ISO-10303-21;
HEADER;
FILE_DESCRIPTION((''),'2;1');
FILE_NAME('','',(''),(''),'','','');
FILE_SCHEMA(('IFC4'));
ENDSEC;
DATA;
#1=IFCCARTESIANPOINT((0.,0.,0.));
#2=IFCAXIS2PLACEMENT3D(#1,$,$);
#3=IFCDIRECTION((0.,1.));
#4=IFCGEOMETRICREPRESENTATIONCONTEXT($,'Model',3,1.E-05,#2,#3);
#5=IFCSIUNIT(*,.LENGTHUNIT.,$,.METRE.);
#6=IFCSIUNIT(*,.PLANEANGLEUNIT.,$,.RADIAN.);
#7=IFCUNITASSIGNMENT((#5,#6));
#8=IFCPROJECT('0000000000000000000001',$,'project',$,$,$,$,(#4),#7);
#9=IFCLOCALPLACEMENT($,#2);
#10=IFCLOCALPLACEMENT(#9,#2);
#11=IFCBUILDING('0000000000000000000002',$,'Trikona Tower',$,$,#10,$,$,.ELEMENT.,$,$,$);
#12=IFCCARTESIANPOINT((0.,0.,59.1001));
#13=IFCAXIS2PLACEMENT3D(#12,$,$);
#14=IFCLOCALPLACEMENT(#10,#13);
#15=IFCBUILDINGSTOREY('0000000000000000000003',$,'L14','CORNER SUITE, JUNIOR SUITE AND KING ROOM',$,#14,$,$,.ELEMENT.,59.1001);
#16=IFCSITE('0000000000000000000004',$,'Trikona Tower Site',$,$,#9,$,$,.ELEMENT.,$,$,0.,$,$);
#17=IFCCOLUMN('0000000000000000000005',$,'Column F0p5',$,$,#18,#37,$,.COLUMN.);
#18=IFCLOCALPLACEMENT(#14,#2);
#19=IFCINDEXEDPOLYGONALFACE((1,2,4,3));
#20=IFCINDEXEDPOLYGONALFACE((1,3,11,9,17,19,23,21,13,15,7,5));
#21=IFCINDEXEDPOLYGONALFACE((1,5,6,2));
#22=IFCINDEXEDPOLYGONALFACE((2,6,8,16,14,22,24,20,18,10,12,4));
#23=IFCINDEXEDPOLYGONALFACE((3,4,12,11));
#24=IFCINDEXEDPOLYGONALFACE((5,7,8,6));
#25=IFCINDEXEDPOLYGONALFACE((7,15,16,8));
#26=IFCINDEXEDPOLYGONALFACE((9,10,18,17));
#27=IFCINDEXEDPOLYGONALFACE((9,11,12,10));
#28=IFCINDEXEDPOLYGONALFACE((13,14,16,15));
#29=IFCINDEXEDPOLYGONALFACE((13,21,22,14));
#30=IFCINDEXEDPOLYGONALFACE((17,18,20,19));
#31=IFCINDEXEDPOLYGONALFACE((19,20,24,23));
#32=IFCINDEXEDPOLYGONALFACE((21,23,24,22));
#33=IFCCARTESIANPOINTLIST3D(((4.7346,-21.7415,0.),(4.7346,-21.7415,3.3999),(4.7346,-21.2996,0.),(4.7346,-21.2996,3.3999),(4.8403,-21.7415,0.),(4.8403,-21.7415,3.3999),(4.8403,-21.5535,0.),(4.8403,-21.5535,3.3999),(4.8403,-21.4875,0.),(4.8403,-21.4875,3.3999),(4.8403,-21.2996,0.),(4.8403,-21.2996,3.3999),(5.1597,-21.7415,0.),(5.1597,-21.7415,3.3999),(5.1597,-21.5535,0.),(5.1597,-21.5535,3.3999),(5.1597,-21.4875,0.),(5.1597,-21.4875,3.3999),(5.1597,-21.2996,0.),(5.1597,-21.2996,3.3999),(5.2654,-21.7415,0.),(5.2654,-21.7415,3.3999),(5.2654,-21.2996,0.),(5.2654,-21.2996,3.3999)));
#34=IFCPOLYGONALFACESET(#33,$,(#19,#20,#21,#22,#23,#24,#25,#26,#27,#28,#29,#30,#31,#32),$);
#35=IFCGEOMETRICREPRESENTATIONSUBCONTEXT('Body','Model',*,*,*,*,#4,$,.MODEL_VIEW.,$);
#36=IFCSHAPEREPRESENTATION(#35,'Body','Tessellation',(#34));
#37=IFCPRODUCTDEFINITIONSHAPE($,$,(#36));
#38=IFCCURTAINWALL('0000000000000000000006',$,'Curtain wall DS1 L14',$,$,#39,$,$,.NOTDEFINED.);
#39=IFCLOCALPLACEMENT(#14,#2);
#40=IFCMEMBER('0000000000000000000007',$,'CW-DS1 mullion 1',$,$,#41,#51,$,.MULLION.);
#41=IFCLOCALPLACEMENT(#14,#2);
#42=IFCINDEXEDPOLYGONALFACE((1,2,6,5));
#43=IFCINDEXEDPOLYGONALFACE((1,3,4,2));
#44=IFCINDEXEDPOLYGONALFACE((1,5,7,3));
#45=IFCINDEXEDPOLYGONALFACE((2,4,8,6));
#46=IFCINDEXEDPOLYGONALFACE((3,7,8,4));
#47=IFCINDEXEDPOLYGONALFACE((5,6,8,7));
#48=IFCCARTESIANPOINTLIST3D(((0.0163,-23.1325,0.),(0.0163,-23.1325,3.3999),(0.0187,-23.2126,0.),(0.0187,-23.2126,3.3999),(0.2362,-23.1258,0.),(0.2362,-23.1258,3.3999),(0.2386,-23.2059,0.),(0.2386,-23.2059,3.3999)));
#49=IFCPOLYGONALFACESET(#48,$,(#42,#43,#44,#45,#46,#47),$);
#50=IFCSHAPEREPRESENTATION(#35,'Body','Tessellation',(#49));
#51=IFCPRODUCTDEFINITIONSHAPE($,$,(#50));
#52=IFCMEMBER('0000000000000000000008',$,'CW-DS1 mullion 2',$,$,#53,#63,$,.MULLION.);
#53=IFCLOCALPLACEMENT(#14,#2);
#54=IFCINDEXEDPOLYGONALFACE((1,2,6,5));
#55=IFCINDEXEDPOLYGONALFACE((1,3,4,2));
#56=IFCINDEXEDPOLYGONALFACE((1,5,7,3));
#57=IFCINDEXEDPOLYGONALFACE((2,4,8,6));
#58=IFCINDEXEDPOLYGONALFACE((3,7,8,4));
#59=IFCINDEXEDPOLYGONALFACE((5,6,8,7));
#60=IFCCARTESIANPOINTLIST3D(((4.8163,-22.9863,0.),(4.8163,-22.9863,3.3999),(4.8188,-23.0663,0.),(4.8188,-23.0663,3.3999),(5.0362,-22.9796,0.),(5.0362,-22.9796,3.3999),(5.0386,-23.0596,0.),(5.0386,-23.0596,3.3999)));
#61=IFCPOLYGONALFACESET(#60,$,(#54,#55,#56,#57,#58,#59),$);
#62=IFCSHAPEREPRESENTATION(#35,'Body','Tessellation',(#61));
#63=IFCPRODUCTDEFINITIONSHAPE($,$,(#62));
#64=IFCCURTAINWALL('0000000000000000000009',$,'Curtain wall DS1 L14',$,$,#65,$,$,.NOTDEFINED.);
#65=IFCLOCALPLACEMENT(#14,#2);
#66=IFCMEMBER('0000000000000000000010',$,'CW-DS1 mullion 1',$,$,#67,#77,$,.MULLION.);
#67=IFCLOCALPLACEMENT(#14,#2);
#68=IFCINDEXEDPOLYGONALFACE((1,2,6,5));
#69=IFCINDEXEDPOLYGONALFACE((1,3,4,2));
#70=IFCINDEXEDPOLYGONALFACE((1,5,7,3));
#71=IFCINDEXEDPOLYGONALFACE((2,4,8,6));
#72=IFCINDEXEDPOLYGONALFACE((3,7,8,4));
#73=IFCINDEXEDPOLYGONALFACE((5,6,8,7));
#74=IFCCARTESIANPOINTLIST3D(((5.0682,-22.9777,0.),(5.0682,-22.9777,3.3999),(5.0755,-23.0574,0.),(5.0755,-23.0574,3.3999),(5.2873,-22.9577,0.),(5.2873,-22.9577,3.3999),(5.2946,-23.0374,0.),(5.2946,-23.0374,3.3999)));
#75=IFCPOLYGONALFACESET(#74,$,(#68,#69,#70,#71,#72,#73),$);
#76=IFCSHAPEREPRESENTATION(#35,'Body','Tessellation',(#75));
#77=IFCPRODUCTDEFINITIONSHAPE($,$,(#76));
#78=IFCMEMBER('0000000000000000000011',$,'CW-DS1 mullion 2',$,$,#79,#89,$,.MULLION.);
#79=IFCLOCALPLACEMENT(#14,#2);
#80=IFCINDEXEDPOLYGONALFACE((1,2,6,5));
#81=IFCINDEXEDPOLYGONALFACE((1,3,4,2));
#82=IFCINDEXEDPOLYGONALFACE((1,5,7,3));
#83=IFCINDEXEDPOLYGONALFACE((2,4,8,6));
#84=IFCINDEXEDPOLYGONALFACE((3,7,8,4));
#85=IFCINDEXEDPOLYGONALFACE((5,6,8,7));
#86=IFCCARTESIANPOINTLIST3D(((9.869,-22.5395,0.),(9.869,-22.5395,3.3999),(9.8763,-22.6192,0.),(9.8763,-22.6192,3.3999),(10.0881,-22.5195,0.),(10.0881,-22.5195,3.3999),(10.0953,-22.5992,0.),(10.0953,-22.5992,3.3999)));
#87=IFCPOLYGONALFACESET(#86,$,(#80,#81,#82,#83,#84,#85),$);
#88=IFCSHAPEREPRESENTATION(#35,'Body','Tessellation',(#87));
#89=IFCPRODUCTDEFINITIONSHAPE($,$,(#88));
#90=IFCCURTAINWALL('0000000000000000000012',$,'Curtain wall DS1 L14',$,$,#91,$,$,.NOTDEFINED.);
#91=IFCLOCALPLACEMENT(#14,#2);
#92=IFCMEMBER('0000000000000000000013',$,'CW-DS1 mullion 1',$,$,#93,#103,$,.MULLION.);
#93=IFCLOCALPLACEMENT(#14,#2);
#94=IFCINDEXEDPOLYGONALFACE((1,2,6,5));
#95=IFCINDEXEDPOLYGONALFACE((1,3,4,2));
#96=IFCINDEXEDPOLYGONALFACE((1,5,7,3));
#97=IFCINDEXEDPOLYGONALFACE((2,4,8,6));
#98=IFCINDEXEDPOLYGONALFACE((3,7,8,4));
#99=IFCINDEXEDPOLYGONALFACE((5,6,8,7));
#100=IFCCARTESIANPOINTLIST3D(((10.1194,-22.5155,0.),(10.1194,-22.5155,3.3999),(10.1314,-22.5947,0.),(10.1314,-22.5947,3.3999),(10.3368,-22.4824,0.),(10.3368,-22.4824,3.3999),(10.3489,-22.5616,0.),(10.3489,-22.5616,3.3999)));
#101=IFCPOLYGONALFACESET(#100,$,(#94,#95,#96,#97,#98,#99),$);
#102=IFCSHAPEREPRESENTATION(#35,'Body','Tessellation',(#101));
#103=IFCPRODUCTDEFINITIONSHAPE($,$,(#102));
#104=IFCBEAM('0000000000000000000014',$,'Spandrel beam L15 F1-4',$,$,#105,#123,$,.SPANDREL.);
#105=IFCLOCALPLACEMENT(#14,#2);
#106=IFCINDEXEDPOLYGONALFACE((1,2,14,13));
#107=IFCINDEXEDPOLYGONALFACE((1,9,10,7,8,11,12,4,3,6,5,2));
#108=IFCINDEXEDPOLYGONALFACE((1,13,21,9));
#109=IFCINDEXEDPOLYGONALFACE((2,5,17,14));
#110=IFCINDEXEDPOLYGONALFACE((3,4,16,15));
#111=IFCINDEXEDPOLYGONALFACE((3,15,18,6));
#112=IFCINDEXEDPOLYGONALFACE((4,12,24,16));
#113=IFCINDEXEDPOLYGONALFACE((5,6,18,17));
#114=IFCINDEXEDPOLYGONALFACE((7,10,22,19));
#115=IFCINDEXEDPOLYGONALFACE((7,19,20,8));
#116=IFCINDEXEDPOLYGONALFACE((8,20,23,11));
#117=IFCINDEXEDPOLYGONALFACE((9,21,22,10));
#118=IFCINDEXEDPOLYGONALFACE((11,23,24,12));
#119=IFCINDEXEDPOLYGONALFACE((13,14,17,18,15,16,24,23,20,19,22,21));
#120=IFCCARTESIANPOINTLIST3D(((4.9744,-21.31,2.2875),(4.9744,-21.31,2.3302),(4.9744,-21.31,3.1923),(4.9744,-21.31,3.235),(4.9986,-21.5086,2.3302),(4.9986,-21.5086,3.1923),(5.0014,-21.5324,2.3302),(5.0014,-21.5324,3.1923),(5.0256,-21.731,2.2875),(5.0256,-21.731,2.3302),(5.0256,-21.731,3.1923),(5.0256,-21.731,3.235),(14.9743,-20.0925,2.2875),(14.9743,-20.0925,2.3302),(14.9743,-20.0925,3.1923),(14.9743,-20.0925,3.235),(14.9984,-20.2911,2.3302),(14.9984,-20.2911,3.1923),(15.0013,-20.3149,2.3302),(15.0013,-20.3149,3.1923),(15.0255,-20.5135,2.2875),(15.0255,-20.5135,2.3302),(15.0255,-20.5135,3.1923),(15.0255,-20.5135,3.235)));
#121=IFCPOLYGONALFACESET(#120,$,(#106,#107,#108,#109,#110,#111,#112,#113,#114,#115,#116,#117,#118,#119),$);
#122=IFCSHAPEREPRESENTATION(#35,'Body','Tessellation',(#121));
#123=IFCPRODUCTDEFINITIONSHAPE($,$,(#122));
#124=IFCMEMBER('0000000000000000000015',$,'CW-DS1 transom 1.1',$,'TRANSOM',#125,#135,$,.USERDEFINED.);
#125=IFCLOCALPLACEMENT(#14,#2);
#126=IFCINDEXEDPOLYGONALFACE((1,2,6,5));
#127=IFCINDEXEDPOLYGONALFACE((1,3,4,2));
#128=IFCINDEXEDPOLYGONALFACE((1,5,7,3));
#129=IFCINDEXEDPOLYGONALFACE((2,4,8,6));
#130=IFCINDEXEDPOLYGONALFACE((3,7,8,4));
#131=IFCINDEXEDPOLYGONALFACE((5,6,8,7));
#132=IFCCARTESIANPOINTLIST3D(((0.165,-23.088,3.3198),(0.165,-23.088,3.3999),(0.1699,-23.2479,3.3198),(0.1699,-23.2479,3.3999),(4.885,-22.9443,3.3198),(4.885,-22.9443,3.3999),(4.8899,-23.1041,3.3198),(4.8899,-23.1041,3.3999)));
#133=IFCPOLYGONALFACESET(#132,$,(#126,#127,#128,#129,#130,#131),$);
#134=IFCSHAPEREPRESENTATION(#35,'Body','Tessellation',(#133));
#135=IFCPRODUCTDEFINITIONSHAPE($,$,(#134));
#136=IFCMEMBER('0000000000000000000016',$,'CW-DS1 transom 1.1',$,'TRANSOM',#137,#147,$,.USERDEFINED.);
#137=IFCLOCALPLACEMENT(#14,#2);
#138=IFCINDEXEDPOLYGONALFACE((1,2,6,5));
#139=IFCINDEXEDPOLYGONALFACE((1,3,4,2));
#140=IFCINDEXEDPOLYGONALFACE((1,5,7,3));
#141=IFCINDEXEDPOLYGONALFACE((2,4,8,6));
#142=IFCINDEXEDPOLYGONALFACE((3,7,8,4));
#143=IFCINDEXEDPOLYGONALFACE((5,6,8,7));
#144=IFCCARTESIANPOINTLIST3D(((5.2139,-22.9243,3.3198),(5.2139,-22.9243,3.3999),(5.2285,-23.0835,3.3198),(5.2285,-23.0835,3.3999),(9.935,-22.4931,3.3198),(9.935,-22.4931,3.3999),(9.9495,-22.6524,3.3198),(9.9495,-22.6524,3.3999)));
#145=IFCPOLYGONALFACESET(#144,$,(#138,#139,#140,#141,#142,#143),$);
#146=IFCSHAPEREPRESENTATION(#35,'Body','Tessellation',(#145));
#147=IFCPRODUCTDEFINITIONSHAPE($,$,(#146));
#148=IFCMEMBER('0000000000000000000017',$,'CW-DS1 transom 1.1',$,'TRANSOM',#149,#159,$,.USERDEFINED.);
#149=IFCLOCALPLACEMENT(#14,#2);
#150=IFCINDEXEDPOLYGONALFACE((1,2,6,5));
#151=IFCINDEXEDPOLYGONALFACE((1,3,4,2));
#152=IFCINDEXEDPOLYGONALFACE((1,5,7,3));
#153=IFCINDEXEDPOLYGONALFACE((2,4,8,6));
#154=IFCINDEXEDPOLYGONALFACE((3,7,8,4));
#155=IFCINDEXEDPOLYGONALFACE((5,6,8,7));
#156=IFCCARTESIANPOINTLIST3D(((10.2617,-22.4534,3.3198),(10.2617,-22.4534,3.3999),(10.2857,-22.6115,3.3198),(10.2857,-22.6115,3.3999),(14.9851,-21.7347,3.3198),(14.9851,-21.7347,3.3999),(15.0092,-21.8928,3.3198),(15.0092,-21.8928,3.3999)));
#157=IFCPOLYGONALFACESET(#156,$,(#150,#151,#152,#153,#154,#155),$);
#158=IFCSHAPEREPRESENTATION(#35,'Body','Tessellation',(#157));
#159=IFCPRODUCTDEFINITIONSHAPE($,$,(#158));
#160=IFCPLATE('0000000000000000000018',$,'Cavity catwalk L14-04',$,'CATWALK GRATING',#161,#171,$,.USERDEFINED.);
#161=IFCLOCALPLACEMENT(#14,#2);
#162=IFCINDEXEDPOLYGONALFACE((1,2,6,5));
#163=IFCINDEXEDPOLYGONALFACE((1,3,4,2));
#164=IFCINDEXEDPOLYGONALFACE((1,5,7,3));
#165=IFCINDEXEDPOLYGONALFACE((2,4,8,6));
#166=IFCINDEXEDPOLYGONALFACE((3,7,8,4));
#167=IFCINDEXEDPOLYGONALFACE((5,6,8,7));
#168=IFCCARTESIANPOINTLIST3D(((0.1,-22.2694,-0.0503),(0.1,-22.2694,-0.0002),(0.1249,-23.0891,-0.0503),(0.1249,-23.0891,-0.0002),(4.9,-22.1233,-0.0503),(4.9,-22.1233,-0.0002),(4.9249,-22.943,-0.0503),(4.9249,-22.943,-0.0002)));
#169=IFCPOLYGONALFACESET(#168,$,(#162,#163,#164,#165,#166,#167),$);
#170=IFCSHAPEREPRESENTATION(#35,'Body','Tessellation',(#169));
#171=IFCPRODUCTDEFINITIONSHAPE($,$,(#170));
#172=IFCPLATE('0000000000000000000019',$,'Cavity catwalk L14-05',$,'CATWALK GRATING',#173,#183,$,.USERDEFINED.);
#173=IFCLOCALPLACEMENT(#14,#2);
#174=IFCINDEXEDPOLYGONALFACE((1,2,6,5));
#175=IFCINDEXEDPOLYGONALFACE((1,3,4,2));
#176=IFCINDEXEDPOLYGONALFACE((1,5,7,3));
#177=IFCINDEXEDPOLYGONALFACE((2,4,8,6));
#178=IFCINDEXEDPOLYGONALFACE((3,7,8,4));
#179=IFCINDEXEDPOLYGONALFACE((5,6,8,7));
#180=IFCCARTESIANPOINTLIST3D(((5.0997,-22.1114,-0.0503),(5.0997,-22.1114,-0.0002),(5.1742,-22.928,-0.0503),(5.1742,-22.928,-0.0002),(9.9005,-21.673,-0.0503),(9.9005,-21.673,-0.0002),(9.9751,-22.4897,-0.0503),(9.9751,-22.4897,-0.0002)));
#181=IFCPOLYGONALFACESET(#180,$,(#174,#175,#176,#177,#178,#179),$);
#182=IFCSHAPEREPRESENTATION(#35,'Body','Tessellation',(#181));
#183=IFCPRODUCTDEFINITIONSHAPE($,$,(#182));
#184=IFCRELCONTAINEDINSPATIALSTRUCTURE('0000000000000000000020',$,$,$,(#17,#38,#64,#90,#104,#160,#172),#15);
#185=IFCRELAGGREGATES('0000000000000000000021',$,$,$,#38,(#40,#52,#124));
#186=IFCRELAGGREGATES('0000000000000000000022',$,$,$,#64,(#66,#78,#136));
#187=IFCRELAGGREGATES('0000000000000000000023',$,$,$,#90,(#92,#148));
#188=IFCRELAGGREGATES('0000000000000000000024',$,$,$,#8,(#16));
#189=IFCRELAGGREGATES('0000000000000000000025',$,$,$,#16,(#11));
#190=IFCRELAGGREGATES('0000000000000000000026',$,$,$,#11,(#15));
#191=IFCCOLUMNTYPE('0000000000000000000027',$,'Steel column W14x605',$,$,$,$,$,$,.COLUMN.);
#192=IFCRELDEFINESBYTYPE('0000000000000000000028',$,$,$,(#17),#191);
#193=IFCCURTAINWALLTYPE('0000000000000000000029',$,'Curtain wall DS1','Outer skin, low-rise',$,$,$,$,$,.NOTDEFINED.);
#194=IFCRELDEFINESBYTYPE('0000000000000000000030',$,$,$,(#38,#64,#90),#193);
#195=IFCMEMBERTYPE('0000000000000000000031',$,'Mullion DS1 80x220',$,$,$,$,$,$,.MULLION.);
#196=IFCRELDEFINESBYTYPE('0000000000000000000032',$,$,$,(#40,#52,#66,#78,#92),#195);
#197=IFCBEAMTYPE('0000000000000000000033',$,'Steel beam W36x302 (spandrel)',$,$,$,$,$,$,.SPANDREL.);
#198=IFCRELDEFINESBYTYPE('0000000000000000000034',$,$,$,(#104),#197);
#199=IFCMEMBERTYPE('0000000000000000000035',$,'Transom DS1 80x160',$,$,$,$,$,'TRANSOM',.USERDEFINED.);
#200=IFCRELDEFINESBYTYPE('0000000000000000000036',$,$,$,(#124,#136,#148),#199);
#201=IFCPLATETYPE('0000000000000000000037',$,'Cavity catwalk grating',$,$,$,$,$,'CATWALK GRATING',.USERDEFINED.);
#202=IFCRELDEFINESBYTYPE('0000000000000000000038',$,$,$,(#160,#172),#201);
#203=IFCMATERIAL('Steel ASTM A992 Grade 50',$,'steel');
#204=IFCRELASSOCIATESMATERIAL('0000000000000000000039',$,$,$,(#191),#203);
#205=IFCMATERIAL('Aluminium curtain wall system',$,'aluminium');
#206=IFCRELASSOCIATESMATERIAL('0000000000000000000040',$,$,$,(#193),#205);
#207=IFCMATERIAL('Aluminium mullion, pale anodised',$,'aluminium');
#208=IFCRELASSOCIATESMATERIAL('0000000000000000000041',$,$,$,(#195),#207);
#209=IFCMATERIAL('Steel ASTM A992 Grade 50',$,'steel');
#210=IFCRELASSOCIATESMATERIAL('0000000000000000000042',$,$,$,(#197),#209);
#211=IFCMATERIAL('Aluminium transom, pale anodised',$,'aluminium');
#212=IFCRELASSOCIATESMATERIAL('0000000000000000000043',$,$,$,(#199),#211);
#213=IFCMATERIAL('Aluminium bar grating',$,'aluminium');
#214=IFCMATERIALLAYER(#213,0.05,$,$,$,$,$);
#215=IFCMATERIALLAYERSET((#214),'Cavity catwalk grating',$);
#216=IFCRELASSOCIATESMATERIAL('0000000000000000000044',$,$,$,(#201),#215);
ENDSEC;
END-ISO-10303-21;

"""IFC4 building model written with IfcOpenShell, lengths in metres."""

from ifc_helpers import new_model, si_unit, direction, frame, origin, origin_2d, place, context, subcontext, project, spatial, rectangle, i_section, extrude, material, layer, layer_set, material_profile, profile_set, type_object, element, aggregate, save


model = new_model("IFC4")

# Units and contexts
model_context = context("Model", 3, precision=1e-05, world=origin(), true_north=direction((0.0, 1.0)))
body_context = subcontext(model_context, "Body", "Model", "MODEL_VIEW")
ifc_project = project(units=[si_unit("LENGTHUNIT", "METRE"), si_unit("PLANEANGLEUNIT", "RADIAN")], contexts=[model_context])

# Site, building, storey
site_placement = place(None, origin())
site = spatial("IfcSite", under=ifc_project, at=site_placement, Name="Trikona Tower Site", CompositionType="ELEMENT", RefElevation=0.0)
building_placement = place(site_placement, origin())
building = spatial("IfcBuilding", under=site, at=building_placement, Name="Trikona Tower", CompositionType="ELEMENT")
storey_placement = place(building_placement, frame((0.0, 0.0, 59.1001)))
storey = spatial("IfcBuildingStorey", under=building, at=storey_placement, Name="L14", Description="CORNER SUITE, JUNIOR SUITE AND KING ROOM", CompositionType="ELEMENT", Elevation=59.1001)

# Column
ifc_material_1 = material(Name="Steel ASTM A992 Grade 50", Category="steel")
ifc_material_profile_1 = material_profile(ifc_material_1, i_section(OverallWidth=0.4419, OverallDepth=0.5308, WebThickness=0.0659, FlangeThickness=0.1057, at=origin_2d()), Name="W14X605")
ifc_profile_set_1 = profile_set([ifc_material_profile_1], Name="Steel ASTM A992 Grade 50")
column_type = type_object("IfcColumnType", Name="Steel column W14x605", PredefinedType="COLUMN", material=ifc_profile_set_1)
column_placement = place(storey_placement, frame((5.0, -21.5205, 0.0), z_axis=(0.0, 0.0, 1.0), x_axis=(0.0, -1.0, 0.0)))
element("IfcColumn", 1, at=column_placement, inside=storey, type_object=column_type, Name="Column F0p5", PredefinedType="COLUMN", context=body_context, shape_type="SweptSolid", body=[
    extrude(i_section(OverallWidth=0.4419, OverallDepth=0.5308, WebThickness=0.0659, FlangeThickness=0.1057, at=origin_2d()), origin(), (0.0, 0.0, 1.0), 3.3999),
])

# Curtain walls, members
ifc_material_2 = material(Name="Aluminium curtain wall system", Category="aluminium")
curtain_wall_type = type_object("IfcCurtainWallType", Name="Curtain wall DS1", Description="Outer skin, low-rise", PredefinedType="NOTDEFINED", material=ifc_material_2)
curtain_wall_1_placement = place(storey_placement, origin())
curtain_wall_1 = element("IfcCurtainWall", 2, at=curtain_wall_1_placement, inside=storey, type_object=curtain_wall_type, Name="Curtain wall DS1 L14", PredefinedType="NOTDEFINED")
ifc_material_3 = material(Name="Aluminium mullion, pale anodised", Category="aluminium")
ifc_material_profile_2 = material_profile(ifc_material_3, rectangle(XDim=0.0801, YDim=0.22, at=origin_2d()), Name="MUL-DS1")
ifc_profile_set_2 = profile_set([ifc_material_profile_2], Name="Aluminium mullion, pale anodised")
member_type_1 = type_object("IfcMemberType", Name="Mullion DS1 80x220", PredefinedType="MULLION", material=ifc_profile_set_2)
member_1_placement = place(storey_placement, frame((0.1274, -23.1692, 0.0), z_axis=(0.0, 0.0, 1.0), x_axis=(-0.030437, 0.999537, 0.0)))
member_1 = element("IfcMember", 3, at=member_1_placement, type_object=member_type_1, Name="CW-DS1 mullion 1", PredefinedType="MULLION", context=body_context, shape_type="SweptSolid", body=[
    extrude(rectangle(XDim=0.0801, YDim=0.22, at=origin_2d()), origin(), (0.0, 0.0, 1.0), 3.3999),
])
member_2_placement = place(storey_placement, frame((4.9275, -23.0229, 0.0), z_axis=(0.0, 0.0, 1.0), x_axis=(-0.030437, 0.999537, 0.0)))
member_2 = element("IfcMember", 4, at=member_2_placement, type_object=member_type_1, Name="CW-DS1 mullion 2", PredefinedType="MULLION", context=body_context, shape_type="SweptSolid", body=[
    extrude(rectangle(XDim=0.0801, YDim=0.22, at=origin_2d()), origin(), (0.0, 0.0, 1.0), 3.3999),
])
curtain_wall_2_placement = place(storey_placement, origin())
curtain_wall_2 = element("IfcCurtainWall", 5, at=curtain_wall_2_placement, inside=storey, type_object=curtain_wall_type, Name="Curtain wall DS1 L14", PredefinedType="NOTDEFINED")
member_3_placement = place(storey_placement, frame((5.1814, -23.0076, 0.0), z_axis=(0.0, 0.0, 1.0), x_axis=(-0.090924, 0.995858, 0.0)))
member_3 = element("IfcMember", 6, at=member_3_placement, type_object=member_type_1, Name="CW-DS1 mullion 1", PredefinedType="MULLION", context=body_context, shape_type="SweptSolid", body=[
    extrude(rectangle(XDim=0.0801, YDim=0.22, at=origin_2d()), origin(), (0.0, 0.0, 1.0), 3.3999),
])
member_4_placement = place(storey_placement, frame((9.9822, -22.5693, 0.0), z_axis=(0.0, 0.0, 1.0), x_axis=(-0.090924, 0.995858, 0.0)))
member_4 = element("IfcMember", 7, at=member_4_placement, type_object=member_type_1, Name="CW-DS1 mullion 2", PredefinedType="MULLION", context=body_context, shape_type="SweptSolid", body=[
    extrude(rectangle(XDim=0.0801, YDim=0.22, at=origin_2d()), origin(), (0.0, 0.0, 1.0), 3.3999),
])

# Curtain wall, member
curtain_wall_3_placement = place(storey_placement, origin())
curtain_wall_3 = element("IfcCurtainWall", 8, at=curtain_wall_3_placement, inside=storey, type_object=curtain_wall_type, Name="Curtain wall DS1 L14", PredefinedType="NOTDEFINED")
member_5_placement = place(storey_placement, frame((10.2341, -22.5386, 0.0), z_axis=(0.0, 0.0, 1.0), x_axis=(-0.150438, 0.988619, 0.0)))
member_5 = element("IfcMember", 9, at=member_5_placement, type_object=member_type_1, Name="CW-DS1 mullion 1", PredefinedType="MULLION", context=body_context, shape_type="SweptSolid", body=[
    extrude(rectangle(XDim=0.0801, YDim=0.22, at=origin_2d()), origin(), (0.0, 0.0, 1.0), 3.3999),
])

# Beam
ifc_material_4 = material(Name="Steel ASTM A992 Grade 50", Category="steel")
ifc_material_profile_3 = material_profile(ifc_material_4, i_section(OverallWidth=0.4241, OverallDepth=0.9475, WebThickness=0.0239, FlangeThickness=0.0427, at=origin_2d()), Name="W36X302")
ifc_profile_set_3 = profile_set([ifc_material_profile_3], Name="Steel ASTM A992 Grade 50")
beam_type = type_object("IfcBeamType", Name="Steel beam W36x302 (spandrel)", PredefinedType="SPANDREL", material=ifc_profile_set_3)
beam_placement = place(storey_placement, frame((5.0, -21.5205, 2.7612), z_axis=(0.99267, 0.12086, 0.0), x_axis=(-0.12086, 0.99267, 0.0)))
element("IfcBeam", 10, at=beam_placement, inside=storey, type_object=beam_type, Name="Spandrel beam L15 F1-4", PredefinedType="SPANDREL", context=body_context, shape_type="SweptSolid", body=[
    extrude(i_section(OverallWidth=0.4241, OverallDepth=0.9475, WebThickness=0.0239, FlangeThickness=0.0427, at=origin_2d()), origin(), (0.0, 0.0, 1.0), 10.0737),
])

# Members
ifc_material_5 = material(Name="Aluminium transom, pale anodised", Category="aluminium")
ifc_material_profile_4 = material_profile(ifc_material_5, rectangle(XDim=0.1599, YDim=0.0801, at=origin_2d()), Name="TRN-DS1")
ifc_profile_set_4 = profile_set([ifc_material_profile_4], Name="Aluminium transom, pale anodised")
member_type_2 = type_object("IfcMemberType", Name="Transom DS1 80x160", ElementType="TRANSOM", PredefinedType="USERDEFINED", material=ifc_profile_set_4)
member_6_placement = place(storey_placement, frame((0.1675, -23.168, 3.3599), z_axis=(0.999536, 0.030452, 0.0), x_axis=(-0.030452, 0.999536, 0.0)))
member_6 = element("IfcMember", 11, at=member_6_placement, type_object=member_type_2, Name="CW-DS1 transom 1.1", ObjectType="TRANSOM", PredefinedType="USERDEFINED", context=body_context, shape_type="SweptSolid", body=[
    extrude(rectangle(XDim=0.1599, YDim=0.0801, at=origin_2d()), origin(), (0.0, 0.0, 1.0), 4.7222),
])
member_7_placement = place(storey_placement, frame((5.2212, -23.0039, 3.3599), z_axis=(0.995856, 0.090944, 0.0), x_axis=(-0.090944, 0.995856, 0.0)))
member_7 = element("IfcMember", 12, at=member_7_placement, type_object=member_type_2, Name="CW-DS1 transom 1.1", ObjectType="TRANSOM", PredefinedType="USERDEFINED", context=body_context, shape_type="SweptSolid", body=[
    extrude(rectangle(XDim=0.1599, YDim=0.0801, at=origin_2d()), origin(), (0.0, 0.0, 1.0), 4.7407),
])
member_8_placement = place(storey_placement, frame((10.2737, -22.5325, 3.3599), z_axis=(0.98862, 0.150437, 0.0), x_axis=(-0.150437, 0.98862, 0.0)))
member_8 = element("IfcMember", 13, at=member_8_placement, type_object=member_type_2, Name="CW-DS1 transom 1.1", ObjectType="TRANSOM", PredefinedType="USERDEFINED", context=body_context, shape_type="SweptSolid", body=[
    extrude(rectangle(XDim=0.1599, YDim=0.0801, at=origin_2d()), origin(), (0.0, 0.0, 1.0), 4.7778),
])

# Plates
ifc_material_6 = material(Name="Aluminium bar grating", Category="aluminium")
ifc_layer_1 = layer(ifc_material_6, 0.05)
ifc_layer_set_1 = layer_set([ifc_layer_1], Name="Cavity catwalk grating")
plate_type_1 = type_object("IfcPlateType", Name="Cavity catwalk grating", ElementType="CATWALK GRATING", PredefinedType="USERDEFINED", material=ifc_layer_set_1)
plate_1_placement = place(storey_placement, frame((2.5125, -22.6062, -0.0503), z_axis=(0.0, 0.0, 1.0), x_axis=(0.999537, 0.030425, 0.0)))
element("IfcPlate", 14, at=plate_1_placement, inside=storey, type_object=plate_type_1, Name="Cavity catwalk L14-04", ObjectType="CATWALK GRATING", PredefinedType="USERDEFINED", context=body_context, shape_type="SweptSolid", body=[
    extrude(rectangle(XDim=4.8022, YDim=0.8201, at=origin_2d()), origin(), (0.0, 0.0, 1.0), 0.05),
])
plate_2_placement = place(storey_placement, frame((7.5374, -22.3005, -0.0503), z_axis=(0.0, 0.0, 1.0), x_axis=(0.995858, 0.090921, 0.0)))
element("IfcPlate", 15, at=plate_2_placement, inside=storey, type_object=plate_type_1, Name="Cavity catwalk L14-05", ObjectType="CATWALK GRATING", PredefinedType="USERDEFINED", context=body_context, shape_type="SweptSolid", body=[
    extrude(rectangle(XDim=4.8208, YDim=0.8201, at=origin_2d()), origin(), (0.0, 0.0, 1.0), 0.05),
])

aggregate(curtain_wall_1, [member_1, member_2, member_6])
aggregate(curtain_wall_2, [member_3, member_4, member_7])
aggregate(curtain_wall_3, [member_5, member_8])

save(model, "model.ifc")
